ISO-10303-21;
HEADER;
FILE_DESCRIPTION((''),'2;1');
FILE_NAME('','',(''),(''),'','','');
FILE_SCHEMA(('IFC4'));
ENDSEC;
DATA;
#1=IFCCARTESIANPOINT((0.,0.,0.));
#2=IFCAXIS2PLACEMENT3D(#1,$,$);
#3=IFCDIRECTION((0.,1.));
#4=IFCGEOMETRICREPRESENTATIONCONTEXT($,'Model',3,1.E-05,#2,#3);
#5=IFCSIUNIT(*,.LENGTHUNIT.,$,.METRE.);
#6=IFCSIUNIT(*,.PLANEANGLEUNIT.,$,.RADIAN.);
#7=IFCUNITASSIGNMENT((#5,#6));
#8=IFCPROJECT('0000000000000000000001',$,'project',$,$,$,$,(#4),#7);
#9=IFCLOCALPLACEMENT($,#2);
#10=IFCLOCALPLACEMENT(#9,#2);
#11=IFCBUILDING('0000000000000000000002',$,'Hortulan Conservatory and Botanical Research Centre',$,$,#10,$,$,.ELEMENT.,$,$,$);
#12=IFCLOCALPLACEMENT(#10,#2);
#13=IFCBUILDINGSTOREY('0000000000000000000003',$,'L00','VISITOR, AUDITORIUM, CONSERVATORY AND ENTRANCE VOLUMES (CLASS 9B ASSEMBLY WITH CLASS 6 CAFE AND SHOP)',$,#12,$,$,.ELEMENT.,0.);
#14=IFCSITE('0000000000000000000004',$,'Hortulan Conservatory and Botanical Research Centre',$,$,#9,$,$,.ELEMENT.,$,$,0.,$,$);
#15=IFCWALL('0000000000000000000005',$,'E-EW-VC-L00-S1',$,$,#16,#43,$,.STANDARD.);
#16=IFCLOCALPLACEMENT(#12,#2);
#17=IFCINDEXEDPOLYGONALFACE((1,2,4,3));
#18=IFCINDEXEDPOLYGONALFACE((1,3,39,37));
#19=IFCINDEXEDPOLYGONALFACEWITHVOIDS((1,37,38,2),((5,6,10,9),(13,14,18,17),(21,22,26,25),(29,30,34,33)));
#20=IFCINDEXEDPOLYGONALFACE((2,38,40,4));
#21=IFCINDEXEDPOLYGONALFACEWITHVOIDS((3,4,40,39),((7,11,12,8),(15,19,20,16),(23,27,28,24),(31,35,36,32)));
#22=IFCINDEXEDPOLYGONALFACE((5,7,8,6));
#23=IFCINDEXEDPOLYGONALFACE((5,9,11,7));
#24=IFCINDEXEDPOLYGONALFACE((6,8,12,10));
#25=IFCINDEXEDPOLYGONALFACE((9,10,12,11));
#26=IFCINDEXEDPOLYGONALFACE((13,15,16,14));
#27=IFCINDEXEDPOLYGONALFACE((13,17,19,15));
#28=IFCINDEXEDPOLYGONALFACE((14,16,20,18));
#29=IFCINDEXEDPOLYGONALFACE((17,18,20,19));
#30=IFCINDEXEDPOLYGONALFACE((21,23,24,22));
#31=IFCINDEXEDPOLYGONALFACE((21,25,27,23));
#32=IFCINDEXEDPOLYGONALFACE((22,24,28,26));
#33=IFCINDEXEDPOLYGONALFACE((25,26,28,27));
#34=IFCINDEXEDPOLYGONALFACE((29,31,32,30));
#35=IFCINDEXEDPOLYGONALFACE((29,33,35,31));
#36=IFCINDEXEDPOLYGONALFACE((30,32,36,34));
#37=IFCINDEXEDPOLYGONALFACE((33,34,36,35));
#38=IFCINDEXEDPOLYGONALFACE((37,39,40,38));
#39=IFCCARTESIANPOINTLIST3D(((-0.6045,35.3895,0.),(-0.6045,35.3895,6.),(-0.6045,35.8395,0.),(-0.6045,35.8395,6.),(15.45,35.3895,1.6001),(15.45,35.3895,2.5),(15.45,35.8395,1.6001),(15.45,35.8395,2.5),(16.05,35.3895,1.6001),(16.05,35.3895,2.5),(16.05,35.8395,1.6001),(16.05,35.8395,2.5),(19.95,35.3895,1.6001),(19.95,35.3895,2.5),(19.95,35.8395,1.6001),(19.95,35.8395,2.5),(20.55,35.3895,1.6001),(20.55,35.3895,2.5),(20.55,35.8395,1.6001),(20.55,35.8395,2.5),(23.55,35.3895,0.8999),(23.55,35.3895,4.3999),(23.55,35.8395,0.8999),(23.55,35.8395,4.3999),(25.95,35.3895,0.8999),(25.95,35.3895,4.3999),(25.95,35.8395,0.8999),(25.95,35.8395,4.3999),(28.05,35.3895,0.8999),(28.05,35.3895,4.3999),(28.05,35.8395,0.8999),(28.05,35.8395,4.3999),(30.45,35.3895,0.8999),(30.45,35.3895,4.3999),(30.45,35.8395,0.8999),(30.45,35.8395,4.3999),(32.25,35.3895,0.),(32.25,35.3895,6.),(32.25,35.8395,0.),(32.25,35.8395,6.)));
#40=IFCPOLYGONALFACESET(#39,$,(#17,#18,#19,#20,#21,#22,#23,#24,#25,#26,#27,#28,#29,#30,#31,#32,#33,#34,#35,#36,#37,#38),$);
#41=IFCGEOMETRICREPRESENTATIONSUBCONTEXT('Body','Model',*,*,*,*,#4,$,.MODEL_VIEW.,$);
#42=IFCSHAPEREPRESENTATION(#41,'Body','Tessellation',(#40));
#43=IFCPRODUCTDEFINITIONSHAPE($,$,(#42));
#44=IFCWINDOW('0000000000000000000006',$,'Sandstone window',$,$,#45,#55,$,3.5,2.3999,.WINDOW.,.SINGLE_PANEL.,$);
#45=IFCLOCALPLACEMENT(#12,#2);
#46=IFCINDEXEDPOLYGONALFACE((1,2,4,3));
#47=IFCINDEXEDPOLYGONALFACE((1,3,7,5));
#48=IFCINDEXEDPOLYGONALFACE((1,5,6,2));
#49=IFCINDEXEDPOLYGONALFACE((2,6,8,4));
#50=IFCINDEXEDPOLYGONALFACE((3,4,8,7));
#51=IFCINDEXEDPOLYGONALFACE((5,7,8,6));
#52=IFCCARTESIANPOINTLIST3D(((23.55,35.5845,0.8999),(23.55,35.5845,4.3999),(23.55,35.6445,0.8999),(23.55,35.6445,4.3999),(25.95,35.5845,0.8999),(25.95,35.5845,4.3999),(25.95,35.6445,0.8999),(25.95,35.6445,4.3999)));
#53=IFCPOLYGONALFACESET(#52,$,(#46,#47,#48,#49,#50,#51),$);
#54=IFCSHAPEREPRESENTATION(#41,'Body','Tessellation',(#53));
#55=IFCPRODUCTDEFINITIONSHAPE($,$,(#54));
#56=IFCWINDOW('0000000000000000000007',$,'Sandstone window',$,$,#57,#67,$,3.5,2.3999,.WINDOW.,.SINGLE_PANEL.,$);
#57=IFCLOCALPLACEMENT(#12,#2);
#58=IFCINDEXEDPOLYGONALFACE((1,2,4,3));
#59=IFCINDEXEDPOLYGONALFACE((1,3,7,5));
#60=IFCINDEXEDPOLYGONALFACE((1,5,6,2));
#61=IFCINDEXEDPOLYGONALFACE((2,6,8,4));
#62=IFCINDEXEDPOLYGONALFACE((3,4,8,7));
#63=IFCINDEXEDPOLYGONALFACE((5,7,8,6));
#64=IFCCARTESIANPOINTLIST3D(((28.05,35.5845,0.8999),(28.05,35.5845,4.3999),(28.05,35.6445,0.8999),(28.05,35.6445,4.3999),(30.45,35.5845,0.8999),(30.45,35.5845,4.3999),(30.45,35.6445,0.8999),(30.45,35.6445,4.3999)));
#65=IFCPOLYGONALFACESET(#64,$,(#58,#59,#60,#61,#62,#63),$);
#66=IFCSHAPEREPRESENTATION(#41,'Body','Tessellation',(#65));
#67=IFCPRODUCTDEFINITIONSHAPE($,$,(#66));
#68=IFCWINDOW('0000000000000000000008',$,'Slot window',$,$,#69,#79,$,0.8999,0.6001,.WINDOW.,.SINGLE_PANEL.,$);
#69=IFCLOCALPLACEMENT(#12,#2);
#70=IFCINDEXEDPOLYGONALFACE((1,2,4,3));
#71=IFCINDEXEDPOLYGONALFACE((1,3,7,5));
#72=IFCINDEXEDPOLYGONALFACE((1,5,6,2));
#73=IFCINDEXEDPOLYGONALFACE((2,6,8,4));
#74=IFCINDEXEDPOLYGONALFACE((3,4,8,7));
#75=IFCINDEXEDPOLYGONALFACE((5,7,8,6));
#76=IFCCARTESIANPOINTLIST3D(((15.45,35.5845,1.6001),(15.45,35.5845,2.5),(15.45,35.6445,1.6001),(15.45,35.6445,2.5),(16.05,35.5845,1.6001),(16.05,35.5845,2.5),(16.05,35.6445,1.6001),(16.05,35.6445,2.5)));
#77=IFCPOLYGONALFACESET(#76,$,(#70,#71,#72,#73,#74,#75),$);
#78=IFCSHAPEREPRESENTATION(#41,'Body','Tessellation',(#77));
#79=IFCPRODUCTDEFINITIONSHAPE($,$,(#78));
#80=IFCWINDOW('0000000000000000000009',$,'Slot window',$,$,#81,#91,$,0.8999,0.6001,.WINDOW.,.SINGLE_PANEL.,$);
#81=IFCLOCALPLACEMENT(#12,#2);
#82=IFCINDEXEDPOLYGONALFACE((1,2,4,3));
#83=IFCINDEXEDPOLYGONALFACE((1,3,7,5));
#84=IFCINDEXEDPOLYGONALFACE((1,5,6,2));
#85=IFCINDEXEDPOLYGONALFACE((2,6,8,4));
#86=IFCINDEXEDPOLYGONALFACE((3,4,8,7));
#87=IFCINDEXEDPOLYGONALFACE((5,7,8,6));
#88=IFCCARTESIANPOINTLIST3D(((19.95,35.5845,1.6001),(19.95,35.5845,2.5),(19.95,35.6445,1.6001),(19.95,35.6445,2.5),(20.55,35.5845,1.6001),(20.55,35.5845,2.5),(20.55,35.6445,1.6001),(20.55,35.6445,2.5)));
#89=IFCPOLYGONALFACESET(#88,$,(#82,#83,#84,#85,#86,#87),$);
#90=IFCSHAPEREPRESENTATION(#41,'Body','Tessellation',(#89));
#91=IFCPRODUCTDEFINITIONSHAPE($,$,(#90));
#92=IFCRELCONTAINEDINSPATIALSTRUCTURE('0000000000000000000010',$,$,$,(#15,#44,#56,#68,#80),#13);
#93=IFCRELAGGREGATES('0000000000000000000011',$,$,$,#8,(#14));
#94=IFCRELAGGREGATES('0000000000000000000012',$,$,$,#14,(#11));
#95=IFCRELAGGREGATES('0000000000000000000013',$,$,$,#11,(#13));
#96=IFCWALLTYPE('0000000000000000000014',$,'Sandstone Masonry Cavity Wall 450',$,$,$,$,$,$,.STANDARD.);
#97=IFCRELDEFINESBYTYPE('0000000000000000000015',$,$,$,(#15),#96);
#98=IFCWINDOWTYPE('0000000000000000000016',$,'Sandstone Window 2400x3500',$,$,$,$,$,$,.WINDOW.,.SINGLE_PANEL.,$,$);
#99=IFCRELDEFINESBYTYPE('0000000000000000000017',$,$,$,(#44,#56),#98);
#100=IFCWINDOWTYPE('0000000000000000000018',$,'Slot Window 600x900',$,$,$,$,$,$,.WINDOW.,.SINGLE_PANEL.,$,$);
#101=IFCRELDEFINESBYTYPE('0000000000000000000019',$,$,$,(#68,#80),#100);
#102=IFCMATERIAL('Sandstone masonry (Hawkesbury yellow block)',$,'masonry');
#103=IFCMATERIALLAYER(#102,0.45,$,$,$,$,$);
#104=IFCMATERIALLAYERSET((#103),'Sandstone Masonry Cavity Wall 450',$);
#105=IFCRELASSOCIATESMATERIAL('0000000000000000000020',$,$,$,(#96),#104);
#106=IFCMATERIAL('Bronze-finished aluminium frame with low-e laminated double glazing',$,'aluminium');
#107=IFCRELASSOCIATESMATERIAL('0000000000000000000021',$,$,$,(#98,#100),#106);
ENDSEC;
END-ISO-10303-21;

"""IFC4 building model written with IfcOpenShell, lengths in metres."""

from ifc_helpers import new_model, si_unit, direction, frame, frame_2d, origin, place, context, subcontext, project, spatial, rectangle, extrude, material, layer, layer_set, type_object, element, fill, save


model = new_model("IFC4")

# Units and contexts
model_context = context("Model", 3, precision=1e-05, world=origin(), true_north=direction((0.0, 1.0)))
body_context = subcontext(model_context, "Body", "Model", "MODEL_VIEW")
ifc_project = project(units=[si_unit("LENGTHUNIT", "METRE"), si_unit("PLANEANGLEUNIT", "RADIAN")], contexts=[model_context])

# Site, building, storey
site_placement = place(None, origin())
site = spatial("IfcSite", under=ifc_project, at=site_placement, Name="Hortulan Conservatory and Botanical Research Centre", CompositionType="ELEMENT", RefElevation=0.0)
building_placement = place(site_placement, origin())
building = spatial("IfcBuilding", under=site, at=building_placement, Name="Hortulan Conservatory and Botanical Research Centre", CompositionType="ELEMENT")
storey_placement = place(building_placement, origin())
storey = spatial("IfcBuildingStorey", under=building, at=storey_placement, Name="L00", Description="VISITOR, AUDITORIUM, CONSERVATORY AND ENTRANCE VOLUMES (CLASS 9B ASSEMBLY WITH CLASS 6 CAFE AND SHOP)", CompositionType="ELEMENT", Elevation=0.0)

# Wall, openings, windows
ifc_material_1 = material(Name="Sandstone masonry (Hawkesbury yellow block)", Category="masonry")
ifc_layer_1 = layer(ifc_material_1, 0.45)
ifc_layer_set_1 = layer_set([ifc_layer_1], Name="Sandstone Masonry Cavity Wall 450")
wall_type = type_object("IfcWallType", Name="Sandstone Masonry Cavity Wall 450", PredefinedType="STANDARD", material=ifc_layer_set_1)
wall_placement = place(storey_placement, frame((32.25, 35.6145, 0.0), z_axis=(0.0, 0.0, 1.0), x_axis=(-1.0, 0.0, 0.0)))
wall = element("IfcWall", 1, at=wall_placement, inside=storey, type_object=wall_type, Name="E-EW-VC-L00-S1", PredefinedType="STANDARD", context=body_context, shape_type="SweptSolid", body=[
    extrude(rectangle(XDim=32.8545, YDim=0.45, at=frame_2d((16.4272, 0.0))), origin(), (0.0, 0.0, 1.0), 6.0),
])
opening_1_placement = place(wall_placement, frame((16.2, 0.0, 1.6001)))
opening_1 = element("IfcOpeningElement", 2, at=opening_1_placement, cuts=wall, PredefinedType="OPENING", context=body_context, shape_type="SweptSolid", body=[
    extrude(rectangle(XDim=0.6001, YDim=0.8999, at=frame_2d((0.3, 0.45))), frame((0.0, 0.2349, 0.0), z_axis=(0.0, -1.0, 0.0), x_axis=(1.0, 0.0, 0.0)), (0.0, 0.0, 1.0), 0.47),
])
opening_2_placement = place(wall_placement, frame((11.7, 0.0, 1.6001)))
opening_2 = element("IfcOpeningElement", 3, at=opening_2_placement, cuts=wall, PredefinedType="OPENING", context=body_context, shape_type="SweptSolid", body=[
    extrude(rectangle(XDim=0.6001, YDim=0.8999, at=frame_2d((0.3, 0.45))), frame((0.0, 0.2349, 0.0), z_axis=(0.0, -1.0, 0.0), x_axis=(1.0, 0.0, 0.0)), (0.0, 0.0, 1.0), 0.47),
])
opening_3_placement = place(wall_placement, frame((6.3, 0.0, 0.8999)))
opening_3 = element("IfcOpeningElement", 4, at=opening_3_placement, cuts=wall, PredefinedType="OPENING", context=body_context, shape_type="SweptSolid", body=[
    extrude(rectangle(XDim=2.3999, YDim=3.5, at=frame_2d((1.2, 1.75))), frame((0.0, 0.2349, 0.0), z_axis=(0.0, -1.0, 0.0), x_axis=(1.0, 0.0, 0.0)), (0.0, 0.0, 1.0), 0.47),
])
opening_4_placement = place(wall_placement, frame((1.8, 0.0, 0.8999)))
opening_4 = element("IfcOpeningElement", 5, at=opening_4_placement, cuts=wall, PredefinedType="OPENING", context=body_context, shape_type="SweptSolid", body=[
    extrude(rectangle(XDim=2.3999, YDim=3.5, at=frame_2d((1.2, 1.75))), frame((0.0, 0.2349, 0.0), z_axis=(0.0, -1.0, 0.0), x_axis=(1.0, 0.0, 0.0)), (0.0, 0.0, 1.0), 0.47),
])
ifc_material_2 = material(Name="Bronze-finished aluminium frame with low-e laminated double glazing", Category="aluminium")
window_type_1 = type_object("IfcWindowType", Name="Sandstone Window 2400x3500", PartitioningType="SINGLE_PANEL", PredefinedType="WINDOW", material=ifc_material_2)
window_1_placement = place(opening_3_placement, origin())
window_1 = element("IfcWindow", 6, at=window_1_placement, inside=storey, type_object=window_type_1, Name="Sandstone window", OverallHeight=3.5, OverallWidth=2.3999, PartitioningType="SINGLE_PANEL", PredefinedType="WINDOW", context=body_context, shape_type="SweptSolid", body=[
    extrude(rectangle(XDim=2.3999, YDim=3.5, at=frame_2d((1.2, 1.75))), frame((0.0, 0.03, 0.0), z_axis=(0.0, -1.0, 0.0), x_axis=(1.0, 0.0, 0.0)), (0.0, 0.0, 1.0), 0.0601),
])
fill(opening_3, window_1)
window_2_placement = place(opening_4_placement, origin())
window_2 = element("IfcWindow", 7, at=window_2_placement, inside=storey, type_object=window_type_1, Name="Sandstone window", OverallHeight=3.5, OverallWidth=2.3999, PartitioningType="SINGLE_PANEL", PredefinedType="WINDOW", context=body_context, shape_type="SweptSolid", body=[
    extrude(rectangle(XDim=2.3999, YDim=3.5, at=frame_2d((1.2, 1.75))), frame((0.0, 0.03, 0.0), z_axis=(0.0, -1.0, 0.0), x_axis=(1.0, 0.0, 0.0)), (0.0, 0.0, 1.0), 0.0601),
])
fill(opening_4, window_2)
window_type_2 = type_object("IfcWindowType", Name="Slot Window 600x900", PartitioningType="SINGLE_PANEL", PredefinedType="WINDOW", material=ifc_material_2)
window_3_placement = place(opening_1_placement, origin())
window_3 = element("IfcWindow", 8, at=window_3_placement, inside=storey, type_object=window_type_2, Name="Slot window", OverallHeight=0.8999, OverallWidth=0.6001, PartitioningType="SINGLE_PANEL", PredefinedType="WINDOW", context=body_context, shape_type="SweptSolid", body=[
    extrude(rectangle(XDim=0.6001, YDim=0.8999, at=frame_2d((0.3, 0.45))), frame((0.0, 0.03, 0.0), z_axis=(0.0, -1.0, 0.0), x_axis=(1.0, 0.0, 0.0)), (0.0, 0.0, 1.0), 0.0601),
])
fill(opening_1, window_3)
window_4_placement = place(opening_2_placement, origin())
window_4 = element("IfcWindow", 9, at=window_4_placement, inside=storey, type_object=window_type_2, Name="Slot window", OverallHeight=0.8999, OverallWidth=0.6001, PartitioningType="SINGLE_PANEL", PredefinedType="WINDOW", context=body_context, shape_type="SweptSolid", body=[
    extrude(rectangle(XDim=0.6001, YDim=0.8999, at=frame_2d((0.3, 0.45))), frame((0.0, 0.03, 0.0), z_axis=(0.0, -1.0, 0.0), x_axis=(1.0, 0.0, 0.0)), (0.0, 0.0, 1.0), 0.0601),
])
fill(opening_2, window_4)

save(model, "model.ifc")
